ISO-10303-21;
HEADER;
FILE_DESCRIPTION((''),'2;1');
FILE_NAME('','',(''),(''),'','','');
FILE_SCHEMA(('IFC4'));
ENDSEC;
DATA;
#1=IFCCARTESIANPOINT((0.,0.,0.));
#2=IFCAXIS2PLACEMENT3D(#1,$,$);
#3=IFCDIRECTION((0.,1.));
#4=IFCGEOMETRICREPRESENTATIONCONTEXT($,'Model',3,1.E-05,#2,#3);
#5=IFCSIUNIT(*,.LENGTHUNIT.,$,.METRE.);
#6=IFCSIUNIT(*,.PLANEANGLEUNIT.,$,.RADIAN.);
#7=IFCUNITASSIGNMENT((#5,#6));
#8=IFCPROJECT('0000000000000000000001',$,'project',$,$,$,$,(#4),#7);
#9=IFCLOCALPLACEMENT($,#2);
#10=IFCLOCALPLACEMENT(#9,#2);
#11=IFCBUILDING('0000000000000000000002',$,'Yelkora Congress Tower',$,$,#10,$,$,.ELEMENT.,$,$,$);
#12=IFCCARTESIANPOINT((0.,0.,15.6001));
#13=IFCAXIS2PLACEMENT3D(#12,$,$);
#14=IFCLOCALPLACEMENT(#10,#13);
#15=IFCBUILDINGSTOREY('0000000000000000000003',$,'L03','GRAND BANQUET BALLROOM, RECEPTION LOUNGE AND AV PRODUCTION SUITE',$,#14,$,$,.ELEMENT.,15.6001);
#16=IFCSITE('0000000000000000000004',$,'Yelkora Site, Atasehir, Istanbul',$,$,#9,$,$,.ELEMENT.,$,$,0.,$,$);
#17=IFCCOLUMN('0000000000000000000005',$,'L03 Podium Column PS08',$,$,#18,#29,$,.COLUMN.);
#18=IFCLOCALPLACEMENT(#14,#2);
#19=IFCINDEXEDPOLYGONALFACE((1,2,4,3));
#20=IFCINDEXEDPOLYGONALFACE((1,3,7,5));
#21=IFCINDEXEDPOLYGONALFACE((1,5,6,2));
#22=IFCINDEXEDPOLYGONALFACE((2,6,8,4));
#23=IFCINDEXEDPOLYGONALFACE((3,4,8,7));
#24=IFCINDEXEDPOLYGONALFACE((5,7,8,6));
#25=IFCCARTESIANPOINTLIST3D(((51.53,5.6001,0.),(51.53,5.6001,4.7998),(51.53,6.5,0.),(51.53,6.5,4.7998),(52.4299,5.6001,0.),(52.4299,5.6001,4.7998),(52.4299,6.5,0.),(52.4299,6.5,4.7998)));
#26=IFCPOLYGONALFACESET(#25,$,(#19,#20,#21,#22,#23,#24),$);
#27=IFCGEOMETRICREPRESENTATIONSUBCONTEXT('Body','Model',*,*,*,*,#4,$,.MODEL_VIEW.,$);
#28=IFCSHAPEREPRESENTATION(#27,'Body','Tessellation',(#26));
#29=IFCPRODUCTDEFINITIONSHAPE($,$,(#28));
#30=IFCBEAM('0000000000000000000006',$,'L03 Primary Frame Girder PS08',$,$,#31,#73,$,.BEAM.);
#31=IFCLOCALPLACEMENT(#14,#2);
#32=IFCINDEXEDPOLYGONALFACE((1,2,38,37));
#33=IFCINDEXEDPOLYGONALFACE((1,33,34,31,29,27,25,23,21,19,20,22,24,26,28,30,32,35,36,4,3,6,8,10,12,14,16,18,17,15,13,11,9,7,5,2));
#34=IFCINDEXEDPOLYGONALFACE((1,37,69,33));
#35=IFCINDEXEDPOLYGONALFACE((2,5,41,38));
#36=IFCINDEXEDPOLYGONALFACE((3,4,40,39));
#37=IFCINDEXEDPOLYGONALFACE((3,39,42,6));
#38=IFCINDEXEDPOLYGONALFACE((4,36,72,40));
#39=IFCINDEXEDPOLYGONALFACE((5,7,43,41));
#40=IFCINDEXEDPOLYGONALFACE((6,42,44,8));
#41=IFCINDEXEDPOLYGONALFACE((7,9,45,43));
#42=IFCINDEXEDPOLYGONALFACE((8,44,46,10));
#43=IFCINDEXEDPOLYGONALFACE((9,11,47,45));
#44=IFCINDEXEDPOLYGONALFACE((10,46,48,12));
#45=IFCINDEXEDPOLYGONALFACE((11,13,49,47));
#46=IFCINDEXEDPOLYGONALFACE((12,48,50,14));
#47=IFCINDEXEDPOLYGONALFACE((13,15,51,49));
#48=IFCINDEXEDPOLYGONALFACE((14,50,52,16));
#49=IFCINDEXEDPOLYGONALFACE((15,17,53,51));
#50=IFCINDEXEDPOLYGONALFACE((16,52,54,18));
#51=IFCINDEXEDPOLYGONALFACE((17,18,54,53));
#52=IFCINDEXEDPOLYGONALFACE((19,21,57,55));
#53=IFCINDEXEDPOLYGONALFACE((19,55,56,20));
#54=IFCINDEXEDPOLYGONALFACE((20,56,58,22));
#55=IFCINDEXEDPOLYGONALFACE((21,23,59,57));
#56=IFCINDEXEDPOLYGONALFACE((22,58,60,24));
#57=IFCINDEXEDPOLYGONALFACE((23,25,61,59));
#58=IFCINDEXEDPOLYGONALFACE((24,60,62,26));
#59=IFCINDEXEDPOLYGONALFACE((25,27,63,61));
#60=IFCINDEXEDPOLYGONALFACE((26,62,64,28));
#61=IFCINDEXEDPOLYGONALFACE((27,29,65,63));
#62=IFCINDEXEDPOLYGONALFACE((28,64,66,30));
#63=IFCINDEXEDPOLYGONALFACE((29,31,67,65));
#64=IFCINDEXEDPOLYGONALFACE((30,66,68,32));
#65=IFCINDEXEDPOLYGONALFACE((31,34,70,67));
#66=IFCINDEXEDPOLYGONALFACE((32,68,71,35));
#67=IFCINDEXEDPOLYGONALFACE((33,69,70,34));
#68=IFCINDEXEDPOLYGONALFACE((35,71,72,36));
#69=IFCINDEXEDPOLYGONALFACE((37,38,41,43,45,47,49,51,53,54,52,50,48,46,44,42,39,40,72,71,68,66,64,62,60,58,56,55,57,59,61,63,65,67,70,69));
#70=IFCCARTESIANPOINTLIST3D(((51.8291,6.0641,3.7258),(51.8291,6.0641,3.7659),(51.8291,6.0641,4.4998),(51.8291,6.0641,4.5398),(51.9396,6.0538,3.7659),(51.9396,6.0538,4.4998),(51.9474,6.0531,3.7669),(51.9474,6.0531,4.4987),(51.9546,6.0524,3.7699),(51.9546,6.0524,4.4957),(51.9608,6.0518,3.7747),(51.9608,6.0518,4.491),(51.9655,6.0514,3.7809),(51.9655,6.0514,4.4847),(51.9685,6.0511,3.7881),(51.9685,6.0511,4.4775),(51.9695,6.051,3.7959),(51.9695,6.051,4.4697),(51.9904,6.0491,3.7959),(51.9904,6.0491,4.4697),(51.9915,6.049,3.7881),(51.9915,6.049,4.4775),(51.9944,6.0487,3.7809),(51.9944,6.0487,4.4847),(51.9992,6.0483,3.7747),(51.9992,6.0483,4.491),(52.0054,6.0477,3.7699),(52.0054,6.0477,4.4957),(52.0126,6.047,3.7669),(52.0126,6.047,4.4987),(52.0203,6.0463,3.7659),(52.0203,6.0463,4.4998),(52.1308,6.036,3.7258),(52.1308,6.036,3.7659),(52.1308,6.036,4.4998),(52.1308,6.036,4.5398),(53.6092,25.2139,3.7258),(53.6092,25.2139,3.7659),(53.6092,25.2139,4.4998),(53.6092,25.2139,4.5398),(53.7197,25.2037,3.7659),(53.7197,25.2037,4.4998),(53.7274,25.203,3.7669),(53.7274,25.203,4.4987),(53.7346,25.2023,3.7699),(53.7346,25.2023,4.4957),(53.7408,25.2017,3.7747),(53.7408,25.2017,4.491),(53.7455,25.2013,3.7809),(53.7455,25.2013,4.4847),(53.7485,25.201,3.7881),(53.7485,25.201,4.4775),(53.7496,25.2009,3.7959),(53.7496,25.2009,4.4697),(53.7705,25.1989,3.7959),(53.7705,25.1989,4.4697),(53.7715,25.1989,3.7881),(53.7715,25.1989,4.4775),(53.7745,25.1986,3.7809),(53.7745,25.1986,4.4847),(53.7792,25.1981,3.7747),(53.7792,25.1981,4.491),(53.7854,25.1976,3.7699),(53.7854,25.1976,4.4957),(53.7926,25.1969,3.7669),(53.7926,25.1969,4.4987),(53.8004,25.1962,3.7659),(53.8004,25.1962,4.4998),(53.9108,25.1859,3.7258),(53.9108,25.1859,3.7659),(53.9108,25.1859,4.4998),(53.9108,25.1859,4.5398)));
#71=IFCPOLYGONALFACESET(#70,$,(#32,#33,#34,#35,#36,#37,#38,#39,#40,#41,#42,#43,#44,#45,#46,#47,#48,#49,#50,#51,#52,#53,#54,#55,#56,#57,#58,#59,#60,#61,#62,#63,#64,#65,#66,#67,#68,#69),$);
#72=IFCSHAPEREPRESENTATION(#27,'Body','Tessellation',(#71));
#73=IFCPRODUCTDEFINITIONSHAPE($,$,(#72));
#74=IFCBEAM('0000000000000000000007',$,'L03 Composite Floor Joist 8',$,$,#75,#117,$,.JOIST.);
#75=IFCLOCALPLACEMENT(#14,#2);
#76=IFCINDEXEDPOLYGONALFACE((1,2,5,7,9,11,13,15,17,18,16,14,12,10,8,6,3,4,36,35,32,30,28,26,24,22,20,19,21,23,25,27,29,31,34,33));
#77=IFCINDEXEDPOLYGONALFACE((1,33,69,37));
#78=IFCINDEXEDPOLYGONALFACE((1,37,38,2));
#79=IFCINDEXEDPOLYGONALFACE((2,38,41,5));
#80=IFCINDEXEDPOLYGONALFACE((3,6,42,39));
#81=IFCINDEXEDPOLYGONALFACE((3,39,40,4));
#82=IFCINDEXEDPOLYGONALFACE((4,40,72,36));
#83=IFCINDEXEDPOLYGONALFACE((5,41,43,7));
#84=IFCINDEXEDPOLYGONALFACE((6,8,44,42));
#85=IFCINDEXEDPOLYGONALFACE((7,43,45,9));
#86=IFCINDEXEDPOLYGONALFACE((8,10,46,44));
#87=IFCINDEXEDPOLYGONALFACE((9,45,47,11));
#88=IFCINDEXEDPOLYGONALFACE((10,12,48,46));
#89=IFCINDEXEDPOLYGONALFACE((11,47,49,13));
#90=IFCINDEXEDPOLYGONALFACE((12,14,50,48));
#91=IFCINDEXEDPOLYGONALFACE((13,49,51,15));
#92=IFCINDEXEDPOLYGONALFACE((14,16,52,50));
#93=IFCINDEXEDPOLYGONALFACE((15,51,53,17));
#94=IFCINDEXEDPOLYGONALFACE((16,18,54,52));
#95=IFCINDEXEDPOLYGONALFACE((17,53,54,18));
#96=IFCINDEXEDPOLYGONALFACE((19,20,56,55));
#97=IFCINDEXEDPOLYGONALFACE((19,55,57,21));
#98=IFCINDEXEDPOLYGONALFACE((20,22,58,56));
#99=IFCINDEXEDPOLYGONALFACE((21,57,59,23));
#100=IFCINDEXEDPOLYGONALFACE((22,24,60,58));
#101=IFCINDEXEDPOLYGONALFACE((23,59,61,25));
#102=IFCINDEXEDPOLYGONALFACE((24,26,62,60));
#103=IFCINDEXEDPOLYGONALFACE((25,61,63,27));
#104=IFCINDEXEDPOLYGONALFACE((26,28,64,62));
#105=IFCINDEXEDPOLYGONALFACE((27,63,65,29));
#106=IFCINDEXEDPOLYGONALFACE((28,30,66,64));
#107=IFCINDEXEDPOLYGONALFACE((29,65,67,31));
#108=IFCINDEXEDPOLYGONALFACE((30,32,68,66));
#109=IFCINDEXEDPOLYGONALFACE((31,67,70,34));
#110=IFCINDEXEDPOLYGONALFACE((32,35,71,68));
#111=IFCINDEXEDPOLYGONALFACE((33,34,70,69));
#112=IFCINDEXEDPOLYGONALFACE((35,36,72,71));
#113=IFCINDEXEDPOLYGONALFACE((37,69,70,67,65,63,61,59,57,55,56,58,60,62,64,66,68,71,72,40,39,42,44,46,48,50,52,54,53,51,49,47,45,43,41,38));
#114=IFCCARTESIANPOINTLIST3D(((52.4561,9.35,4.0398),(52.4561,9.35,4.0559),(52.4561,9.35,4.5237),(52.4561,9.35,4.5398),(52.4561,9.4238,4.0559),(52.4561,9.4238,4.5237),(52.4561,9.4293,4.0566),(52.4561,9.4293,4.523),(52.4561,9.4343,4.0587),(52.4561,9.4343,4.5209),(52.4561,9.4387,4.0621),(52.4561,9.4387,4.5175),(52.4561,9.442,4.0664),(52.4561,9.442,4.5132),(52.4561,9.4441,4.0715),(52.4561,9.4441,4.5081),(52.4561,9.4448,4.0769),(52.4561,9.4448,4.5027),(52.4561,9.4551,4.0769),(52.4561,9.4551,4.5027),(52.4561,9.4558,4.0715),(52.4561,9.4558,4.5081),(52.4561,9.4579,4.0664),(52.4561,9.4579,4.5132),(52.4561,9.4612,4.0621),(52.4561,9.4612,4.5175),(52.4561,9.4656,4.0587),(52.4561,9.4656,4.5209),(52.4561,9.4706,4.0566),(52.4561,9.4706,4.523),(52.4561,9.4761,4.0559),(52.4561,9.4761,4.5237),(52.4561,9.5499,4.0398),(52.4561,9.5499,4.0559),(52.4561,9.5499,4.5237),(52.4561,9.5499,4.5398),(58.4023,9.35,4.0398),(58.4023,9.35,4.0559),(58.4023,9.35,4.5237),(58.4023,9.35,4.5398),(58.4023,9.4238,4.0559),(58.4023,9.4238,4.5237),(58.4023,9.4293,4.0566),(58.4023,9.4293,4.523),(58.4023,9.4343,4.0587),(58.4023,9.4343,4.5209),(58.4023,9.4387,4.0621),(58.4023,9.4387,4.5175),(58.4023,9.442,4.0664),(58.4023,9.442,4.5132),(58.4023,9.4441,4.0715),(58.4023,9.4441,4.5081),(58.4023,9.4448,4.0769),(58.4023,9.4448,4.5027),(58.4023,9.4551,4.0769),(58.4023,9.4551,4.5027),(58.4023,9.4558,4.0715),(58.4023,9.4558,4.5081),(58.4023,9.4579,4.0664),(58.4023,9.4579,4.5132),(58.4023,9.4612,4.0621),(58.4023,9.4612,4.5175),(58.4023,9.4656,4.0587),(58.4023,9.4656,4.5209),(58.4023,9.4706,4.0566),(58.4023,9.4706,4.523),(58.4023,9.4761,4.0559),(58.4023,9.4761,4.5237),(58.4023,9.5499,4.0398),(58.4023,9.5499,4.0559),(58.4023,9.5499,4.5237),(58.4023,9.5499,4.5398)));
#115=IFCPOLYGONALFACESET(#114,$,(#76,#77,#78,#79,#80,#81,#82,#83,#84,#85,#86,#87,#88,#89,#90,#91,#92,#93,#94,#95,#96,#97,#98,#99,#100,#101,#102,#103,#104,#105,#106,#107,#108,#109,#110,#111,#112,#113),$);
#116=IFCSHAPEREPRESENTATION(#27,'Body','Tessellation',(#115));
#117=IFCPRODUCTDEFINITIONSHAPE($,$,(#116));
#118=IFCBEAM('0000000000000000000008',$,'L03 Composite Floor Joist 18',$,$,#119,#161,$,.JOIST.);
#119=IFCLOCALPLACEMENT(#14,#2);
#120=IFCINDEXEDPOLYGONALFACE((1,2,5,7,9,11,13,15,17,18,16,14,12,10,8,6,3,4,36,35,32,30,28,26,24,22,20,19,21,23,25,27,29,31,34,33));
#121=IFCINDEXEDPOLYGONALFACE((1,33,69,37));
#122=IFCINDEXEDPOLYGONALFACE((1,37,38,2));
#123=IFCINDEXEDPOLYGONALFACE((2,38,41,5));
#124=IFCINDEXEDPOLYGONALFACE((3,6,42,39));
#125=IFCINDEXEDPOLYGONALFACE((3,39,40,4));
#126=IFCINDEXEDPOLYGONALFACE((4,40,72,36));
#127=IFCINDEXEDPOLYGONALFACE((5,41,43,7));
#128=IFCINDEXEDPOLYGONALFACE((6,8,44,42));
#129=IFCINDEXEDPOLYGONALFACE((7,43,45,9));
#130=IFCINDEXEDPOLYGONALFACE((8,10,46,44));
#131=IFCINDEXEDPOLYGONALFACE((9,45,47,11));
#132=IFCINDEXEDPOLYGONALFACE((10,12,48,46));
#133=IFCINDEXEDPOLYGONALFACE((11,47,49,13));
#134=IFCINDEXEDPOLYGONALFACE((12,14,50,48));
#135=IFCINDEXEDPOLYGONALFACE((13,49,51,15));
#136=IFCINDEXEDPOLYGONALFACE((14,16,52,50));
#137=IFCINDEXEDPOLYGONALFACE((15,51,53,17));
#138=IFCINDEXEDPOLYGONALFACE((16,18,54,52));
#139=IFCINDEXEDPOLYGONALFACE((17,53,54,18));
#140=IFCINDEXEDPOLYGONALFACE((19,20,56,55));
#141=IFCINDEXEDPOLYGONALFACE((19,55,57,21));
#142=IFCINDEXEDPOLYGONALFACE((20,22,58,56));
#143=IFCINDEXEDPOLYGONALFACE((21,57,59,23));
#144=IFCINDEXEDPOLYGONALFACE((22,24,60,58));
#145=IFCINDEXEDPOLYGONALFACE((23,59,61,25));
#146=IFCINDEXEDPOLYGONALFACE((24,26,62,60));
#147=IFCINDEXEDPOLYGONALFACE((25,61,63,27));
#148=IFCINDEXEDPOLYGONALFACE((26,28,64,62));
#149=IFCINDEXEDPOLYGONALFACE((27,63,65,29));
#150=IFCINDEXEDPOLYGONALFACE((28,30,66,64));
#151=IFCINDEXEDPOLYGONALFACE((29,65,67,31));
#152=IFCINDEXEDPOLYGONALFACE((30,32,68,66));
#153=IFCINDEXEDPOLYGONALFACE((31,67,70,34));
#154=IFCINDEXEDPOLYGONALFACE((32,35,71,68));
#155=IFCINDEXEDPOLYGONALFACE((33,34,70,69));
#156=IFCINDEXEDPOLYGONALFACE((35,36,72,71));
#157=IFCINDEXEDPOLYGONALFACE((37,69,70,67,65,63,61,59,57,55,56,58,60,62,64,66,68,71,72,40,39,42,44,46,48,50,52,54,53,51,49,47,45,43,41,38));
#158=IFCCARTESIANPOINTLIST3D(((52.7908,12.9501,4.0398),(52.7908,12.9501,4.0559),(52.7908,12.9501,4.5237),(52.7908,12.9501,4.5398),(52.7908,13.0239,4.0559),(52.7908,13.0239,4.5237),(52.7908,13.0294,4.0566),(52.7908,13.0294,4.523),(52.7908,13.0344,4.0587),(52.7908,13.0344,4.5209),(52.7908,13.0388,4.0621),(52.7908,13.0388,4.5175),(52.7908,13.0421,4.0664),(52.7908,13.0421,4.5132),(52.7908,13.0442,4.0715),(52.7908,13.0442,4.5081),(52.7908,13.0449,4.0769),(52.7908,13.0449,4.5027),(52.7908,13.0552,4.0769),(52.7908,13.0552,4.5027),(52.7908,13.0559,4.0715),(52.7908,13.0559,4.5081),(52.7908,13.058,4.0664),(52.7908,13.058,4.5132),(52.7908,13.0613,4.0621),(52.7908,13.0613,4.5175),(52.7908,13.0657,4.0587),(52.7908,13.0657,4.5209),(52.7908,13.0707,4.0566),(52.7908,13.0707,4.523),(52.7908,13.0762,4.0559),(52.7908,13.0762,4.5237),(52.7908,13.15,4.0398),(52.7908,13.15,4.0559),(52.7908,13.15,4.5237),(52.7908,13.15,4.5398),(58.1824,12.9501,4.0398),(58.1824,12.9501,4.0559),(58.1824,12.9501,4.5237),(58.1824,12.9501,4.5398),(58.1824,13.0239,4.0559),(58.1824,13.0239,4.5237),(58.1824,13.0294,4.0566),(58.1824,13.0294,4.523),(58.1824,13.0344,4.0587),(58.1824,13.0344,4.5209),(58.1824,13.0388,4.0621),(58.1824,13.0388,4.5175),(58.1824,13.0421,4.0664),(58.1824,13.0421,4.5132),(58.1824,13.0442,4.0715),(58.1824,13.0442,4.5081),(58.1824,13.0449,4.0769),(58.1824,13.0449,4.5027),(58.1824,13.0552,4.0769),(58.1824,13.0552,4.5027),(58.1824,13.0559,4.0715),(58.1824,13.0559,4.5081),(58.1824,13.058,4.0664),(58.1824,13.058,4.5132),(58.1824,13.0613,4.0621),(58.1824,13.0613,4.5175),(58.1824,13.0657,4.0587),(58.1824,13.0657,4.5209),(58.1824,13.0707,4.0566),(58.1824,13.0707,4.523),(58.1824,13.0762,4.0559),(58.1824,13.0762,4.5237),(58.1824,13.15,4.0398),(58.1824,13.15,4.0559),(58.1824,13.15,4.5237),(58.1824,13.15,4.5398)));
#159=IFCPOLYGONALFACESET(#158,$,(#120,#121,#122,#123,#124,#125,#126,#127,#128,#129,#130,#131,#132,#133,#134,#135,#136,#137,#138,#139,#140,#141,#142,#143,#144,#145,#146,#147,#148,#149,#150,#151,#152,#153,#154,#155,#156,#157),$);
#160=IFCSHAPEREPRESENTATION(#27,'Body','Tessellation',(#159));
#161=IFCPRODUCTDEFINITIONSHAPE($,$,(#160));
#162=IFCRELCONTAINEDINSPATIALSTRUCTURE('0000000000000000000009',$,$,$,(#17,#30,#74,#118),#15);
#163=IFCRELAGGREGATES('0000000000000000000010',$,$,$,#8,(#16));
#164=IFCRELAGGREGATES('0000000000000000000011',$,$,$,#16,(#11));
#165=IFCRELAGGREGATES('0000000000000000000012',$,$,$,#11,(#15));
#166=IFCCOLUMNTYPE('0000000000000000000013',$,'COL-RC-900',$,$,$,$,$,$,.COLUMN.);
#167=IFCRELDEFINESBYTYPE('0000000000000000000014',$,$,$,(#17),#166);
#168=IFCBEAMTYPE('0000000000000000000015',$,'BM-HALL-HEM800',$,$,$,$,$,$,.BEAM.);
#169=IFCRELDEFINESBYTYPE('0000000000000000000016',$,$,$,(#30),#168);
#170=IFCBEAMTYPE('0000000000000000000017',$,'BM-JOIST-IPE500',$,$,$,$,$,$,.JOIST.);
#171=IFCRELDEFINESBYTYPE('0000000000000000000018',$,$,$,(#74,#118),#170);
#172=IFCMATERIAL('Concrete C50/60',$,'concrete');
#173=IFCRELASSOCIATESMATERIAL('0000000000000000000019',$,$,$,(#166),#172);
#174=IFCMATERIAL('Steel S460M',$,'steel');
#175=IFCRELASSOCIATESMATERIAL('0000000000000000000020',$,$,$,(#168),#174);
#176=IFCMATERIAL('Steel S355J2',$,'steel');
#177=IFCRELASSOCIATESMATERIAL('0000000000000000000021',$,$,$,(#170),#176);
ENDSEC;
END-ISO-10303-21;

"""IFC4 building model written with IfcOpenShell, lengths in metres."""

from ifc_helpers import new_model, si_unit, direction, frame, origin, origin_2d, place, context, subcontext, project, spatial, rectangle, i_section, extrude, material, material_profile, profile_set, type_object, element, save


model = new_model("IFC4")

# Units and contexts
model_context = context("Model", 3, precision=1e-05, world=origin(), true_north=direction((0.0, 1.0)))
body_context = subcontext(model_context, "Body", "Model", "MODEL_VIEW")
ifc_project = project(units=[si_unit("LENGTHUNIT", "METRE"), si_unit("PLANEANGLEUNIT", "RADIAN")], contexts=[model_context])

# Site, building, storey
site_placement = place(None, origin())
site = spatial("IfcSite", under=ifc_project, at=site_placement, Name="Yelkora Site, Atasehir, Istanbul", CompositionType="ELEMENT", RefElevation=0.0)
building_placement = place(site_placement, origin())
building = spatial("IfcBuilding", under=site, at=building_placement, Name="Yelkora Congress Tower", CompositionType="ELEMENT")
storey_placement = place(building_placement, frame((0.0, 0.0, 15.6001)))
storey = spatial("IfcBuildingStorey", under=building, at=storey_placement, Name="L03", Description="GRAND BANQUET BALLROOM, RECEPTION LOUNGE AND AV PRODUCTION SUITE", CompositionType="ELEMENT", Elevation=15.6001)

# Column
ifc_material_1 = material(Name="Concrete C50/60", Category="concrete")
ifc_material_profile_1 = material_profile(ifc_material_1, rectangle(XDim=0.8999, YDim=0.8999, at=origin_2d()), Name="RC 900x900")
ifc_profile_set_1 = profile_set([ifc_material_profile_1], Name="Concrete C50/60")
column_type = type_object("IfcColumnType", Name="COL-RC-900", PredefinedType="COLUMN", material=ifc_profile_set_1)
column_placement = place(storey_placement, frame((51.98, 6.05, 0.0), z_axis=(0.0, 0.0, 1.0), x_axis=(1.0, 0.0, 0.0)))
element("IfcColumn", 1, at=column_placement, inside=storey, type_object=column_type, Name="L03 Podium Column PS08", PredefinedType="COLUMN", context=body_context, shape_type="SweptSolid", body=[
    extrude(rectangle(XDim=0.8999, YDim=0.8999, at=origin_2d()), origin(), (0.0, 0.0, 1.0), 4.7998),
])

# Beams
ifc_material_2 = material(Name="Steel S460M", Category="steel")
ifc_material_profile_2 = material_profile(ifc_material_2, i_section(OverallWidth=0.303, OverallDepth=0.814, WebThickness=0.021, FlangeThickness=0.04, FilletRadius=0.03, at=origin_2d()), Name="HEM 800")
ifc_profile_set_2 = profile_set([ifc_material_profile_2], Name="Steel S460M")
beam_type_1 = type_object("IfcBeamType", Name="BM-HALL-HEM800", PredefinedType="BEAM", material=ifc_profile_set_2)
beam_1_placement = place(storey_placement, frame((51.98, 6.05, 4.1328), z_axis=(0.092553, 0.995708, 0.0), x_axis=(-0.995708, 0.092553, 0.0)))
element("IfcBeam", 2, at=beam_1_placement, inside=storey, type_object=beam_type_1, Name="L03 Primary Frame Girder PS08", PredefinedType="BEAM", context=body_context, shape_type="SweptSolid", body=[
    extrude(i_section(OverallWidth=0.303, OverallDepth=0.814, WebThickness=0.021, FlangeThickness=0.04, FilletRadius=0.03, at=origin_2d()), origin(), (0.0, 0.0, 1.0), 19.2324),
])
ifc_material_3 = material(Name="Steel S355J2", Category="steel")
ifc_material_profile_3 = material_profile(ifc_material_3, i_section(OverallWidth=0.2, OverallDepth=0.5, WebThickness=0.0103, FlangeThickness=0.0161, FilletRadius=0.021, at=origin_2d()), Name="IPE 500")
ifc_profile_set_3 = profile_set([ifc_material_profile_3], Name="Steel S355J2")
beam_type_2 = type_object("IfcBeamType", Name="BM-JOIST-IPE500", PredefinedType="JOIST", material=ifc_profile_set_3)
beam_2_placement = place(storey_placement, frame((52.4561, 9.45, 4.2898), z_axis=(1.0, 0.0, 0.0), x_axis=(0.0, 1.0, 0.0)))
element("IfcBeam", 3, at=beam_2_placement, inside=storey, type_object=beam_type_2, Name="L03 Composite Floor Joist 8", PredefinedType="JOIST", context=body_context, shape_type="SweptSolid", body=[
    extrude(i_section(OverallWidth=0.2, OverallDepth=0.5, WebThickness=0.0103, FlangeThickness=0.0161, FilletRadius=0.021, at=origin_2d()), origin(), (0.0, 0.0, 1.0), 5.9463),
])
beam_3_placement = place(storey_placement, frame((52.7908, 13.05, 4.2898), z_axis=(1.0, 0.0, 0.0), x_axis=(0.0, 1.0, 0.0)))
element("IfcBeam", 4, at=beam_3_placement, inside=storey, type_object=beam_type_2, Name="L03 Composite Floor Joist 18", PredefinedType="JOIST", context=body_context, shape_type="SweptSolid", body=[
    extrude(i_section(OverallWidth=0.2, OverallDepth=0.5, WebThickness=0.0103, FlangeThickness=0.0161, FilletRadius=0.021, at=origin_2d()), origin(), (0.0, 0.0, 1.0), 5.3916),
])

save(model, "model.ifc")
